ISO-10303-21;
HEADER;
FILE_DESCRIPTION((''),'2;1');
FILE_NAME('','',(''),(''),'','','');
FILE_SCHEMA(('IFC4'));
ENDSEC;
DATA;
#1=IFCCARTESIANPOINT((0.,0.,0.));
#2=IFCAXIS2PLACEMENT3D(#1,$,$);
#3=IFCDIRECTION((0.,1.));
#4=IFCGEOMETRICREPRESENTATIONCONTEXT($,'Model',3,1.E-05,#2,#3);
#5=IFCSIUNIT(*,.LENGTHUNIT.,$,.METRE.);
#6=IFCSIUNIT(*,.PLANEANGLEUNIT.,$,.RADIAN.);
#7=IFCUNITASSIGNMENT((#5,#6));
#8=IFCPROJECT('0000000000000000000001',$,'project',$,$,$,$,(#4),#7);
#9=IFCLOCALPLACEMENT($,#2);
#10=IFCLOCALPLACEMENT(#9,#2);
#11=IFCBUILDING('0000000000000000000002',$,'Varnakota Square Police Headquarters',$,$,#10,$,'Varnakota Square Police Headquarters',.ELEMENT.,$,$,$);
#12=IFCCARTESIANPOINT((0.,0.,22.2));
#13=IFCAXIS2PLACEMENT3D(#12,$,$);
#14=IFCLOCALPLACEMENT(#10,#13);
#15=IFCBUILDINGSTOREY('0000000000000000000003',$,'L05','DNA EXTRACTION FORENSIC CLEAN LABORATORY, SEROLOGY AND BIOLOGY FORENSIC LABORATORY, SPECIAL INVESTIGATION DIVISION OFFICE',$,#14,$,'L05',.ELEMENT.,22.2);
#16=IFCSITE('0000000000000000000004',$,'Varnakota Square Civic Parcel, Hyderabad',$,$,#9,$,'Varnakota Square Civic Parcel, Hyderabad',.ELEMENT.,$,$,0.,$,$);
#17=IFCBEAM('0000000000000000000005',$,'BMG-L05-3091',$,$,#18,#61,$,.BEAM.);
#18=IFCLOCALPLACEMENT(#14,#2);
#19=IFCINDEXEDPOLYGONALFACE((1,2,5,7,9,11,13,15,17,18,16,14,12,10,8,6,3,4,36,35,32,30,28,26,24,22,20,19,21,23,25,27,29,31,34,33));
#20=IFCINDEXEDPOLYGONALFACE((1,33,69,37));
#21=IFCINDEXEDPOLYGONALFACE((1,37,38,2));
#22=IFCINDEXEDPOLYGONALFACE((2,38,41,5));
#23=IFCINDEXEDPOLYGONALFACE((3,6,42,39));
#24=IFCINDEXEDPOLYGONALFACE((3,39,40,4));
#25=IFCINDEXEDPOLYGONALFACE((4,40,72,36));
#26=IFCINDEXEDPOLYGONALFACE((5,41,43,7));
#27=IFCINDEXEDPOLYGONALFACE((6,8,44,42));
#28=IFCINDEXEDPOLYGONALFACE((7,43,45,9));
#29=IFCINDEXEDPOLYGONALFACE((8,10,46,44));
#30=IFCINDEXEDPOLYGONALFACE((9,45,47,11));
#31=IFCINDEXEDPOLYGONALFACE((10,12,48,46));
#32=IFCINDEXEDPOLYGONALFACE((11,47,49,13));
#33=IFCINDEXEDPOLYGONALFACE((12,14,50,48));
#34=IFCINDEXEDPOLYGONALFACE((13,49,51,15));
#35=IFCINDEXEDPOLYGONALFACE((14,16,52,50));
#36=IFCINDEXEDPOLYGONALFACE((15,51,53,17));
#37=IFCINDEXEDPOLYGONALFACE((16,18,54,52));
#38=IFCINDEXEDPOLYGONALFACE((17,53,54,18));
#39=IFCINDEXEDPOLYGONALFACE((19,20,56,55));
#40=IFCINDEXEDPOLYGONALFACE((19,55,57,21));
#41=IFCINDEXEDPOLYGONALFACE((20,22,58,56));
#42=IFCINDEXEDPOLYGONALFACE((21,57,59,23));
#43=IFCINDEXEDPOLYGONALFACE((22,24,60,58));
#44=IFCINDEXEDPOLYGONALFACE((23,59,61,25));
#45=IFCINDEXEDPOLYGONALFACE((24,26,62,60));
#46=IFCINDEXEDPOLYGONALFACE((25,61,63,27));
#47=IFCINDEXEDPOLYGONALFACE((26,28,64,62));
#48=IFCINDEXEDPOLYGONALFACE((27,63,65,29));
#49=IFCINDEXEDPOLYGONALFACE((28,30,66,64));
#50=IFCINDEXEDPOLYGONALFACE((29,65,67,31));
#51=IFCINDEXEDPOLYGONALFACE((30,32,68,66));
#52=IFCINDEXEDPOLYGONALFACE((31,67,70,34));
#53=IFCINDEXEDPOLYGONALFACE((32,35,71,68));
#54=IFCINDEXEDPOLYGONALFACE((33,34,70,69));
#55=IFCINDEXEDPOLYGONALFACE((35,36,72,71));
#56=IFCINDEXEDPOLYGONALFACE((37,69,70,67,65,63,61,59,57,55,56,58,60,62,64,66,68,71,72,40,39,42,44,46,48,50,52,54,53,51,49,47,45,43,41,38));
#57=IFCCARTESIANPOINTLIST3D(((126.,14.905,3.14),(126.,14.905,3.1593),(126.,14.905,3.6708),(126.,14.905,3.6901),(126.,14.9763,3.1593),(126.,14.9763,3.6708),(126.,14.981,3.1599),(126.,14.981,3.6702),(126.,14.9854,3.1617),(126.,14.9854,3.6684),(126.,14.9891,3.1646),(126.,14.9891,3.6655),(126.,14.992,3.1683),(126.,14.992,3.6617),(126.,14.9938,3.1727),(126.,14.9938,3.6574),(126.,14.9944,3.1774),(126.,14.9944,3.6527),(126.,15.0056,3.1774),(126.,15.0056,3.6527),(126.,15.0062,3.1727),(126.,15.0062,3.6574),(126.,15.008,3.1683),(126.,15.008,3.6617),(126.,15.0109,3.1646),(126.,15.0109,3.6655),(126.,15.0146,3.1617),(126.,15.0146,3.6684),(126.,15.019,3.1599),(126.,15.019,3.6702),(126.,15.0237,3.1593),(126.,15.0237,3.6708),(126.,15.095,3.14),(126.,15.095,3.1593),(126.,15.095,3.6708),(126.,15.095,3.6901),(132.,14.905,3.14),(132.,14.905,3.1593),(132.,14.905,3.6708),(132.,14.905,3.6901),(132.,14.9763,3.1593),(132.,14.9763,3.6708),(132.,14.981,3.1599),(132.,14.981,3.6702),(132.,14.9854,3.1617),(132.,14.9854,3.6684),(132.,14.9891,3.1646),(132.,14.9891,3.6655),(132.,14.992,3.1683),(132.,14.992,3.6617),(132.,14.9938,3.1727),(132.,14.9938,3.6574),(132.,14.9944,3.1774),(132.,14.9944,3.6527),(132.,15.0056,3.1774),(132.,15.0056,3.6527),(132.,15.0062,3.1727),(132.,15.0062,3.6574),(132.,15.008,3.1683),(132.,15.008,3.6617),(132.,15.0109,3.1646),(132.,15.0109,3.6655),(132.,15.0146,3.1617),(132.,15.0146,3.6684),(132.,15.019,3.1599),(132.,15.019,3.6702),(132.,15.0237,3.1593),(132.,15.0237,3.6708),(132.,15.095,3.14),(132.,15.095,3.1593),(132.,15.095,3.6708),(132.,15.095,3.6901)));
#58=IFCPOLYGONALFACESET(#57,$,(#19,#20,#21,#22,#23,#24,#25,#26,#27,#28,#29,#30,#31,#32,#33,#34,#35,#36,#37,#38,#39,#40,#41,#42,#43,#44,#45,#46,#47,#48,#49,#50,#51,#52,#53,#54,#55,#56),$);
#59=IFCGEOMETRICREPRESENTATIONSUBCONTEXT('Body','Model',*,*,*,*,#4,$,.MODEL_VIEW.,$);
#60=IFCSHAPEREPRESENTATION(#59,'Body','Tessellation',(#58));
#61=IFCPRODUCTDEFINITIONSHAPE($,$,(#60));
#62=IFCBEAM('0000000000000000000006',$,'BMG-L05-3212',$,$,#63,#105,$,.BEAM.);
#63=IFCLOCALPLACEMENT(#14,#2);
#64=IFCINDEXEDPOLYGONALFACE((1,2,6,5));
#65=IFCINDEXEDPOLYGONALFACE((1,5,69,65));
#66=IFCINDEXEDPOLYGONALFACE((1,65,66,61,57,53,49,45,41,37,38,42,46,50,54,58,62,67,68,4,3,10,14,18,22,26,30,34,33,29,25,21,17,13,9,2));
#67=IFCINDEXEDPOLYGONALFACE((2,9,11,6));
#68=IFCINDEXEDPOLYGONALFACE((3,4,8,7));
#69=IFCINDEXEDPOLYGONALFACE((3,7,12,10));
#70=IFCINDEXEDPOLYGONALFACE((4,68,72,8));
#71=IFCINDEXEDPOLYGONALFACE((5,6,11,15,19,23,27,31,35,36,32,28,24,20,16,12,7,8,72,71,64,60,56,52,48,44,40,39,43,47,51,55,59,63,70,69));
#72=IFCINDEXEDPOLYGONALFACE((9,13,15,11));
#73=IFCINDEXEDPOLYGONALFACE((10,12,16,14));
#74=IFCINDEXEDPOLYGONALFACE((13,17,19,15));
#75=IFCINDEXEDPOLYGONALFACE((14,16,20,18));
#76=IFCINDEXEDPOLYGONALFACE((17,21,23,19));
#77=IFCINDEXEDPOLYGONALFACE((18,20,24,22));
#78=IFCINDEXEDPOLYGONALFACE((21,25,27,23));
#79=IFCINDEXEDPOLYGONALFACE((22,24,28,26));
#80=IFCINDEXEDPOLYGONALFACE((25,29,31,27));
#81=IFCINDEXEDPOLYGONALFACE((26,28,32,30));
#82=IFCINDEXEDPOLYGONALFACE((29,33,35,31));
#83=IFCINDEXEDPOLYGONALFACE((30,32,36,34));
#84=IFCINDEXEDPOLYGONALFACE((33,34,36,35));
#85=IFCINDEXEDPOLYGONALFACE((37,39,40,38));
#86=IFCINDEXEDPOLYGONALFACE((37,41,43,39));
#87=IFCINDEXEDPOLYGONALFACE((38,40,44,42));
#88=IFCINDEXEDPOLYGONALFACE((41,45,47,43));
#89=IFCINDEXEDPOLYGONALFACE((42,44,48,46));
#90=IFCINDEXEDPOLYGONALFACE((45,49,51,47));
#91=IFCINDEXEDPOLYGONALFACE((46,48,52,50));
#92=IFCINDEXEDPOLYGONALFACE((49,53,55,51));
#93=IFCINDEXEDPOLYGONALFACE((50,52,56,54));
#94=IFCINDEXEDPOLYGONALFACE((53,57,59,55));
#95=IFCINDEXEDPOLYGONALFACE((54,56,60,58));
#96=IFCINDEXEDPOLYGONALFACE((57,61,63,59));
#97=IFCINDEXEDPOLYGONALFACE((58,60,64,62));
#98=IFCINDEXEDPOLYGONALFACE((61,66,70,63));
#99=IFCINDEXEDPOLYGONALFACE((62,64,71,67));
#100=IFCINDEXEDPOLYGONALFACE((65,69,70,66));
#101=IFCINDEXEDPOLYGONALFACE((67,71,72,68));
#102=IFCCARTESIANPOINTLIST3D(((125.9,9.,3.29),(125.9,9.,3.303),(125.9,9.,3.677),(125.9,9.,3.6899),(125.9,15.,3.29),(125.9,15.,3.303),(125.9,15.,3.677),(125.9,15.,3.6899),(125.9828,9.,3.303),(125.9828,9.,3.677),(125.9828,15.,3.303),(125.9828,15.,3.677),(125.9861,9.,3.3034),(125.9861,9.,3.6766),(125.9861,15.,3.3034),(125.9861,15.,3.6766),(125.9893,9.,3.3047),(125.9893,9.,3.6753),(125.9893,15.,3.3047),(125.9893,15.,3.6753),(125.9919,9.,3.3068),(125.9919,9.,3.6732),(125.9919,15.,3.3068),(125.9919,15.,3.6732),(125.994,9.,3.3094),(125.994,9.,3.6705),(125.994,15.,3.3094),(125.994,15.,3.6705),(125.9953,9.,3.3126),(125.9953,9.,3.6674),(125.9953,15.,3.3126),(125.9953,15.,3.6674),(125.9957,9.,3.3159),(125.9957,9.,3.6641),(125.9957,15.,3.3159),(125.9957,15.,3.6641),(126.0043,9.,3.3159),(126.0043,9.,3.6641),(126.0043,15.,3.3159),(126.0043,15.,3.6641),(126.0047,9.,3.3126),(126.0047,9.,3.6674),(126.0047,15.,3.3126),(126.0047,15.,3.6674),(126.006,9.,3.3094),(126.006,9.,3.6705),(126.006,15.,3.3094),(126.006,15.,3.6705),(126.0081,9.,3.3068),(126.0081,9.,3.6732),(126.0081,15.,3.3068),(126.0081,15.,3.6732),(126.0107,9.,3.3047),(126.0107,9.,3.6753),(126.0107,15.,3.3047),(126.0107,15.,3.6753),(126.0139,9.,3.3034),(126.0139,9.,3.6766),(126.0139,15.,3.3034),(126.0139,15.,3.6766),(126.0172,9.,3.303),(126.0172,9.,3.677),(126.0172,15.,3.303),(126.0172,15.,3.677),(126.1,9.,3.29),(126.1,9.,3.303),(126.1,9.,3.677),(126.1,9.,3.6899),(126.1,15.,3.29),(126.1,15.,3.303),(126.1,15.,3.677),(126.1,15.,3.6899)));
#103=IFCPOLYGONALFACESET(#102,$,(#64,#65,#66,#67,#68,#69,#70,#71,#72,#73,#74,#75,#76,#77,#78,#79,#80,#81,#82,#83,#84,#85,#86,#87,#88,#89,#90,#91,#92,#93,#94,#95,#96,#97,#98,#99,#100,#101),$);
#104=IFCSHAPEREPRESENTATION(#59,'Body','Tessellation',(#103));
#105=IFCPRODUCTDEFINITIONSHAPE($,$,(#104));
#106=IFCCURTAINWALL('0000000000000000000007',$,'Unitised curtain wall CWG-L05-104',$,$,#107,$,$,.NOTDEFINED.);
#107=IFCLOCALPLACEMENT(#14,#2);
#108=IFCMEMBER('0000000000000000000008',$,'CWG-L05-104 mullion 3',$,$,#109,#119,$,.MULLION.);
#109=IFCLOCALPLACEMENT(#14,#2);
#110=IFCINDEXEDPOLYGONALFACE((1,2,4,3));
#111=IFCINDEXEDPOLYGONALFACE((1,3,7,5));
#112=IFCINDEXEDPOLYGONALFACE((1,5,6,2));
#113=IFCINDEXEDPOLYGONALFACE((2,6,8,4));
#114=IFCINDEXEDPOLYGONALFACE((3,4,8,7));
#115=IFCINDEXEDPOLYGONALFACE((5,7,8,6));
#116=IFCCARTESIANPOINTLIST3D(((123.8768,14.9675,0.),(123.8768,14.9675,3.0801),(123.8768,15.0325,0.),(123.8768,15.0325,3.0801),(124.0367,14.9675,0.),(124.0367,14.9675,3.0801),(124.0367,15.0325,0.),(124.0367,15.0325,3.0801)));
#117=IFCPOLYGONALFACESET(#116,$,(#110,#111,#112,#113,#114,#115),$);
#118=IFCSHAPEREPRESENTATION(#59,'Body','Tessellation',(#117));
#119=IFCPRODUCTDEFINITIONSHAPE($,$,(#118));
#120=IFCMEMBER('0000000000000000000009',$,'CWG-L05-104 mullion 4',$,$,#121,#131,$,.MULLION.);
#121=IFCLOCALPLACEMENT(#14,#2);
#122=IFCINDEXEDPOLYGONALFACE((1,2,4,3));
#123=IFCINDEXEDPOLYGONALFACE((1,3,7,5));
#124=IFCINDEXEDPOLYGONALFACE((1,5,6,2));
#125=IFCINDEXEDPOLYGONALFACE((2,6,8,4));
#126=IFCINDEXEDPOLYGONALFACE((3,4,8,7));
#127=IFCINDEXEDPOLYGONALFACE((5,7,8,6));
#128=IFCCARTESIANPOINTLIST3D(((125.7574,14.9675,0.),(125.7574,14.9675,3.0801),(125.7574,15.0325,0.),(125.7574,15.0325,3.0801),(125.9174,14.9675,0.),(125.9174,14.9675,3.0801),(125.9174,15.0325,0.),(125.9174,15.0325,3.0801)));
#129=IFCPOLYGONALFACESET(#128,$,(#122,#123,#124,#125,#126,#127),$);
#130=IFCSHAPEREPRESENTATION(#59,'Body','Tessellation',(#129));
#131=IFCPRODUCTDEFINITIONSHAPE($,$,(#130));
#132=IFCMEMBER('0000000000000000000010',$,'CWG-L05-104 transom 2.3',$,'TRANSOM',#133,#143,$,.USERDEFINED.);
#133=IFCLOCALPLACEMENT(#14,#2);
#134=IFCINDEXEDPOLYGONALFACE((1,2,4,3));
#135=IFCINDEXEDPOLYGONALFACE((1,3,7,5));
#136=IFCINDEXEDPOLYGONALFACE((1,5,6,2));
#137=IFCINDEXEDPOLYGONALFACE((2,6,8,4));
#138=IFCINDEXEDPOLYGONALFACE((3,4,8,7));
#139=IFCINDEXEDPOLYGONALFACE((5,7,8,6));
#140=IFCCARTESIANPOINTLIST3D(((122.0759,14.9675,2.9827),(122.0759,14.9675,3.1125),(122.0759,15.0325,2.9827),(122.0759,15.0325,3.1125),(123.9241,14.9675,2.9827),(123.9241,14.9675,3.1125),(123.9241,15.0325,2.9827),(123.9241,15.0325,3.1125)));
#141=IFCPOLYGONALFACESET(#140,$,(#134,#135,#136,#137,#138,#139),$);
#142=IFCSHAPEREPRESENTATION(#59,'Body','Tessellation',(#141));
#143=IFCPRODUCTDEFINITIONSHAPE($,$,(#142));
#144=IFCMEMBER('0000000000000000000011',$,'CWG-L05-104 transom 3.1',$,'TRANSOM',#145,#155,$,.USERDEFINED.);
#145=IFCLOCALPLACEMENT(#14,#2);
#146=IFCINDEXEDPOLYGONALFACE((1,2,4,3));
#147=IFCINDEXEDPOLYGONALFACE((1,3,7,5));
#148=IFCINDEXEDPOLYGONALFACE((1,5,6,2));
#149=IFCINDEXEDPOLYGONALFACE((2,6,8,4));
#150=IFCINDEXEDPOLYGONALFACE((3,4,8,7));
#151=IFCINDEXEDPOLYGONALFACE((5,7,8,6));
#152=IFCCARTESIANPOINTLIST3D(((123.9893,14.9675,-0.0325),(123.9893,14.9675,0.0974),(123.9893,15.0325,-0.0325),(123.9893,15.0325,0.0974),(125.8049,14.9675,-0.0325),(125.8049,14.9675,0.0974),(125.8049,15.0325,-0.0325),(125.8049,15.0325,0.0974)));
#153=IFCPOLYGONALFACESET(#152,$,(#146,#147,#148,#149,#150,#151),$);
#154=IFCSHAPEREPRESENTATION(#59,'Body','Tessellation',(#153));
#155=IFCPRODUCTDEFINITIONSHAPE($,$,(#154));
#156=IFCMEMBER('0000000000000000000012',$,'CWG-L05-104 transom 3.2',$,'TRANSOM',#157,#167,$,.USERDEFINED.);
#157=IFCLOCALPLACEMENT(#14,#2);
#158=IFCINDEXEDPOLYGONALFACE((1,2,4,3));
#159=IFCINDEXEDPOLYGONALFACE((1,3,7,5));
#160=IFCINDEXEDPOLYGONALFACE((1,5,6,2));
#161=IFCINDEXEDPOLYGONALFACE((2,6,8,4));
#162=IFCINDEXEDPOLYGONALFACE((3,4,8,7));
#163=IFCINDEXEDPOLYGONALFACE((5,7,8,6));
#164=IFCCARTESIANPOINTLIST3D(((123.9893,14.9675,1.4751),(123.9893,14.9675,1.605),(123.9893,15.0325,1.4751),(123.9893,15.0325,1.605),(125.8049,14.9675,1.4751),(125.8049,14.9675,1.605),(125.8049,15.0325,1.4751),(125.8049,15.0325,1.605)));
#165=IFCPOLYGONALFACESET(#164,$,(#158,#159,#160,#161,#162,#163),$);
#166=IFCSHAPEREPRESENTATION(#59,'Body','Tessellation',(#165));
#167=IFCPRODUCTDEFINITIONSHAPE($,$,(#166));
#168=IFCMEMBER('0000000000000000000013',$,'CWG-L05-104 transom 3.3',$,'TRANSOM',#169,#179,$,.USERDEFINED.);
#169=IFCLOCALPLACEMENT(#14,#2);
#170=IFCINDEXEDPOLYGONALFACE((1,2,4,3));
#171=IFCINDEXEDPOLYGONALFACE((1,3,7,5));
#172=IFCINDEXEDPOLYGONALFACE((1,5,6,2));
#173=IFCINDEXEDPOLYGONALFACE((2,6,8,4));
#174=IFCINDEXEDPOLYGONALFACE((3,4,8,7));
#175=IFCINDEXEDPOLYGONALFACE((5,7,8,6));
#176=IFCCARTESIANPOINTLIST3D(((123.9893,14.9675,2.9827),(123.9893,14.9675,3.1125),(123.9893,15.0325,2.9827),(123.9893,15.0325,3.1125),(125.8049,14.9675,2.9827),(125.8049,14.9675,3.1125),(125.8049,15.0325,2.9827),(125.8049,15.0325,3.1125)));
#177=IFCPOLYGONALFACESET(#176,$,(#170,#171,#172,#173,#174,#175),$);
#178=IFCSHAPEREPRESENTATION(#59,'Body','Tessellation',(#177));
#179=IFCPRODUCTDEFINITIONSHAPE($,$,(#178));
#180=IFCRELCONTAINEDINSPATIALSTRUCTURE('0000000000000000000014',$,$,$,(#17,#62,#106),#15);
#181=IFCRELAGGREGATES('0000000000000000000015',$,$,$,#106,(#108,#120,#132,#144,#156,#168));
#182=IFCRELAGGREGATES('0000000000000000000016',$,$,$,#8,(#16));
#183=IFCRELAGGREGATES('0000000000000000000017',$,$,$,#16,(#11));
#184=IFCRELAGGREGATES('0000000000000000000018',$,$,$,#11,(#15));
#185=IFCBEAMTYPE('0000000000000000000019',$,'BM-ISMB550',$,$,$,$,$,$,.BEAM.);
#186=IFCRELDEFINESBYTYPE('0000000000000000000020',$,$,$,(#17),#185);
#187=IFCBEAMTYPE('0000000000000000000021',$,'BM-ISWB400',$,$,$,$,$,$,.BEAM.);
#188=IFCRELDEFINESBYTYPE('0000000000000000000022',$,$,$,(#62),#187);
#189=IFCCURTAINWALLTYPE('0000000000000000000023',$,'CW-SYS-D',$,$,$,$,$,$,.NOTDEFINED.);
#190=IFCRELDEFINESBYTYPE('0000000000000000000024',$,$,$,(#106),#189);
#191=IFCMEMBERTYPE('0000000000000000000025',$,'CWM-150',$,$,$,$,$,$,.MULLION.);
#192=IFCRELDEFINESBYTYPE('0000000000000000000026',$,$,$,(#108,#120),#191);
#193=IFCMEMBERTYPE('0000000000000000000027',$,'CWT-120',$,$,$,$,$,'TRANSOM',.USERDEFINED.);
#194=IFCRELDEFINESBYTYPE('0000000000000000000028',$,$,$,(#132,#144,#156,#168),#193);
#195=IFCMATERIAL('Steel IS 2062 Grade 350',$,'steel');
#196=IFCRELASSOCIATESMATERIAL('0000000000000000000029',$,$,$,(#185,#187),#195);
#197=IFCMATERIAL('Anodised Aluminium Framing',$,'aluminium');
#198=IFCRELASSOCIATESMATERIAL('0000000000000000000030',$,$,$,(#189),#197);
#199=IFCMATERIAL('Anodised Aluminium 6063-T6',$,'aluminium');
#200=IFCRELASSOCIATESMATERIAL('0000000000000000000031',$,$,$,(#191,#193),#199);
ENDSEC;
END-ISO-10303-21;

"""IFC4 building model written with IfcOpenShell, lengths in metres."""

from ifc_helpers import new_model, si_unit, direction, frame, origin, origin_2d, place, context, subcontext, project, spatial, rectangle, i_section, extrude, material, material_profile, profile_set, type_object, element, aggregate, save


model = new_model("IFC4")

# Units and contexts
model_context = context("Model", 3, precision=1e-05, world=origin(), true_north=direction((0.0, 1.0)))
body_context = subcontext(model_context, "Body", "Model", "MODEL_VIEW")
ifc_project = project(units=[si_unit("LENGTHUNIT", "METRE"), si_unit("PLANEANGLEUNIT", "RADIAN")], contexts=[model_context])

# Site, building, storey
site_placement = place(None, origin())
site = spatial("IfcSite", under=ifc_project, at=site_placement, Name="Varnakota Square Civic Parcel, Hyderabad", LongName="Varnakota Square Civic Parcel, Hyderabad", CompositionType="ELEMENT", RefElevation=0.0)
building_placement = place(site_placement, origin())
building = spatial("IfcBuilding", under=site, at=building_placement, Name="Varnakota Square Police Headquarters", LongName="Varnakota Square Police Headquarters", CompositionType="ELEMENT")
storey_placement = place(building_placement, frame((0.0, 0.0, 22.2)))
storey = spatial("IfcBuildingStorey", under=building, at=storey_placement, Name="L05", Description="DNA EXTRACTION FORENSIC CLEAN LABORATORY, SEROLOGY AND BIOLOGY FORENSIC LABORATORY, SPECIAL INVESTIGATION DIVISION OFFICE", LongName="L05", CompositionType="ELEMENT", Elevation=22.2)

# Shared definitions
ifc_material_1 = material(Name="Steel IS 2062 Grade 350", Category="steel")

# Beams
ifc_material_profile_1 = material_profile(ifc_material_1, i_section(OverallWidth=0.1899, OverallDepth=0.55, WebThickness=0.0112, FlangeThickness=0.0193, FilletRadius=0.0181, at=origin_2d()), Name="ISMB 550")
ifc_profile_set_1 = profile_set([ifc_material_profile_1], Name="Steel IS 2062 Grade 350")
beam_type_1 = type_object("IfcBeamType", Name="BM-ISMB550", PredefinedType="BEAM", material=ifc_profile_set_1)
beam_1_placement = place(storey_placement, frame((126.0, 15.0, 3.415), z_axis=(1.0, 0.0, 0.0), x_axis=(0.0, 1.0, 0.0)))
element("IfcBeam", 1, at=beam_1_placement, inside=storey, type_object=beam_type_1, Name="BMG-L05-3091", PredefinedType="BEAM", context=body_context, shape_type="SweptSolid", body=[
    extrude(i_section(OverallWidth=0.1899, OverallDepth=0.55, WebThickness=0.0112, FlangeThickness=0.0193, FilletRadius=0.0181, at=origin_2d()), origin(), (0.0, 0.0, 1.0), 6.0),
])
ifc_material_profile_2 = material_profile(ifc_material_1, i_section(OverallWidth=0.2, OverallDepth=0.3999, WebThickness=0.0085, FlangeThickness=0.0129, FilletRadius=0.0129, at=origin_2d()), Name="ISWB 400")
ifc_profile_set_2 = profile_set([ifc_material_profile_2], Name="Steel IS 2062 Grade 350")
beam_type_2 = type_object("IfcBeamType", Name="BM-ISWB400", PredefinedType="BEAM", material=ifc_profile_set_2)
beam_2_placement = place(storey_placement, frame((126.0, 9.0, 3.49), z_axis=(0.0, 1.0, 0.0), x_axis=(-1.0, 0.0, 0.0)))
element("IfcBeam", 2, at=beam_2_placement, inside=storey, type_object=beam_type_2, Name="BMG-L05-3212", PredefinedType="BEAM", context=body_context, shape_type="SweptSolid", body=[
    extrude(i_section(OverallWidth=0.2, OverallDepth=0.3999, WebThickness=0.0085, FlangeThickness=0.0129, FilletRadius=0.0129, at=origin_2d()), origin(), (0.0, 0.0, 1.0), 6.0),
])

# Curtain wall, members
ifc_material_2 = material(Name="Anodised Aluminium Framing", Category="aluminium")
curtain_wall_type = type_object("IfcCurtainWallType", Name="CW-SYS-D", PredefinedType="NOTDEFINED", material=ifc_material_2)
curtain_wall_placement = place(storey_placement, origin())
curtain_wall = element("IfcCurtainWall", 3, at=curtain_wall_placement, inside=storey, type_object=curtain_wall_type, Name="Unitised curtain wall CWG-L05-104", PredefinedType="NOTDEFINED")
ifc_material_3 = material(Name="Anodised Aluminium 6063-T6", Category="aluminium")
ifc_material_profile_3 = material_profile(ifc_material_3, rectangle(XDim=0.0649, YDim=0.1599, at=origin_2d()), Name="ALU MULLION 65x160")
ifc_profile_set_3 = profile_set([ifc_material_profile_3], Name="Anodised Aluminium 6063-T6")
member_type_1 = type_object("IfcMemberType", Name="CWM-150", PredefinedType="MULLION", material=ifc_profile_set_3)
member_1_placement = place(storey_placement, frame((123.9568, 15.0, 0.0), z_axis=(0.0, 0.0, 1.0), x_axis=(0.0, 1.0, 0.0)))
member_1 = element("IfcMember", 4, at=member_1_placement, type_object=member_type_1, Name="CWG-L05-104 mullion 3", PredefinedType="MULLION", context=body_context, shape_type="SweptSolid", body=[
    extrude(rectangle(XDim=0.0649, YDim=0.1599, at=origin_2d()), origin(), (0.0, 0.0, 1.0), 3.0801),
])
member_2_placement = place(storey_placement, frame((125.8374, 15.0, 0.0), z_axis=(0.0, 0.0, 1.0), x_axis=(0.0, 1.0, 0.0)))
member_2 = element("IfcMember", 5, at=member_2_placement, type_object=member_type_1, Name="CWG-L05-104 mullion 4", PredefinedType="MULLION", context=body_context, shape_type="SweptSolid", body=[
    extrude(rectangle(XDim=0.0649, YDim=0.1599, at=origin_2d()), origin(), (0.0, 0.0, 1.0), 3.0801),
])
ifc_material_profile_4 = material_profile(ifc_material_3, rectangle(XDim=0.0649, YDim=0.1299, at=origin_2d()), Name="ALU TRANSOM 65x130")
ifc_profile_set_4 = profile_set([ifc_material_profile_4], Name="Anodised Aluminium 6063-T6")
member_type_2 = type_object("IfcMemberType", Name="CWT-120", ElementType="TRANSOM", PredefinedType="USERDEFINED", material=ifc_profile_set_4)
member_3_placement = place(storey_placement, frame((122.0759, 15.0, 3.0476), z_axis=(1.0, 0.0, 0.0), x_axis=(0.0, 1.0, 0.0)))
member_3 = element("IfcMember", 6, at=member_3_placement, type_object=member_type_2, Name="CWG-L05-104 transom 2.3", ObjectType="TRANSOM", PredefinedType="USERDEFINED", context=body_context, shape_type="SweptSolid", body=[
    extrude(rectangle(XDim=0.0649, YDim=0.1299, at=origin_2d()), origin(), (0.0, 0.0, 1.0), 1.8481),
])
member_4_placement = place(storey_placement, frame((123.9893, 15.0, 0.0325), z_axis=(1.0, 0.0, 0.0), x_axis=(0.0, 1.0, 0.0)))
member_4 = element("IfcMember", 7, at=member_4_placement, type_object=member_type_2, Name="CWG-L05-104 transom 3.1", ObjectType="TRANSOM", PredefinedType="USERDEFINED", context=body_context, shape_type="SweptSolid", body=[
    extrude(rectangle(XDim=0.0649, YDim=0.1299, at=origin_2d()), origin(), (0.0, 0.0, 1.0), 1.8157),
])
member_5_placement = place(storey_placement, frame((123.9893, 15.0, 1.54), z_axis=(1.0, 0.0, 0.0), x_axis=(0.0, 1.0, 0.0)))
member_5 = element("IfcMember", 8, at=member_5_placement, type_object=member_type_2, Name="CWG-L05-104 transom 3.2", ObjectType="TRANSOM", PredefinedType="USERDEFINED", context=body_context, shape_type="SweptSolid", body=[
    extrude(rectangle(XDim=0.0649, YDim=0.1299, at=origin_2d()), origin(), (0.0, 0.0, 1.0), 1.8157),
])
member_6_placement = place(storey_placement, frame((123.9893, 15.0, 3.0476), z_axis=(1.0, 0.0, 0.0), x_axis=(0.0, 1.0, 0.0)))
member_6 = element("IfcMember", 9, at=member_6_placement, type_object=member_type_2, Name="CWG-L05-104 transom 3.3", ObjectType="TRANSOM", PredefinedType="USERDEFINED", context=body_context, shape_type="SweptSolid", body=[
    extrude(rectangle(XDim=0.0649, YDim=0.1299, at=origin_2d()), origin(), (0.0, 0.0, 1.0), 1.8157),
])

aggregate(curtain_wall, [member_1, member_2, member_3, member_4, member_5, member_6])

save(model, "model.ifc")
